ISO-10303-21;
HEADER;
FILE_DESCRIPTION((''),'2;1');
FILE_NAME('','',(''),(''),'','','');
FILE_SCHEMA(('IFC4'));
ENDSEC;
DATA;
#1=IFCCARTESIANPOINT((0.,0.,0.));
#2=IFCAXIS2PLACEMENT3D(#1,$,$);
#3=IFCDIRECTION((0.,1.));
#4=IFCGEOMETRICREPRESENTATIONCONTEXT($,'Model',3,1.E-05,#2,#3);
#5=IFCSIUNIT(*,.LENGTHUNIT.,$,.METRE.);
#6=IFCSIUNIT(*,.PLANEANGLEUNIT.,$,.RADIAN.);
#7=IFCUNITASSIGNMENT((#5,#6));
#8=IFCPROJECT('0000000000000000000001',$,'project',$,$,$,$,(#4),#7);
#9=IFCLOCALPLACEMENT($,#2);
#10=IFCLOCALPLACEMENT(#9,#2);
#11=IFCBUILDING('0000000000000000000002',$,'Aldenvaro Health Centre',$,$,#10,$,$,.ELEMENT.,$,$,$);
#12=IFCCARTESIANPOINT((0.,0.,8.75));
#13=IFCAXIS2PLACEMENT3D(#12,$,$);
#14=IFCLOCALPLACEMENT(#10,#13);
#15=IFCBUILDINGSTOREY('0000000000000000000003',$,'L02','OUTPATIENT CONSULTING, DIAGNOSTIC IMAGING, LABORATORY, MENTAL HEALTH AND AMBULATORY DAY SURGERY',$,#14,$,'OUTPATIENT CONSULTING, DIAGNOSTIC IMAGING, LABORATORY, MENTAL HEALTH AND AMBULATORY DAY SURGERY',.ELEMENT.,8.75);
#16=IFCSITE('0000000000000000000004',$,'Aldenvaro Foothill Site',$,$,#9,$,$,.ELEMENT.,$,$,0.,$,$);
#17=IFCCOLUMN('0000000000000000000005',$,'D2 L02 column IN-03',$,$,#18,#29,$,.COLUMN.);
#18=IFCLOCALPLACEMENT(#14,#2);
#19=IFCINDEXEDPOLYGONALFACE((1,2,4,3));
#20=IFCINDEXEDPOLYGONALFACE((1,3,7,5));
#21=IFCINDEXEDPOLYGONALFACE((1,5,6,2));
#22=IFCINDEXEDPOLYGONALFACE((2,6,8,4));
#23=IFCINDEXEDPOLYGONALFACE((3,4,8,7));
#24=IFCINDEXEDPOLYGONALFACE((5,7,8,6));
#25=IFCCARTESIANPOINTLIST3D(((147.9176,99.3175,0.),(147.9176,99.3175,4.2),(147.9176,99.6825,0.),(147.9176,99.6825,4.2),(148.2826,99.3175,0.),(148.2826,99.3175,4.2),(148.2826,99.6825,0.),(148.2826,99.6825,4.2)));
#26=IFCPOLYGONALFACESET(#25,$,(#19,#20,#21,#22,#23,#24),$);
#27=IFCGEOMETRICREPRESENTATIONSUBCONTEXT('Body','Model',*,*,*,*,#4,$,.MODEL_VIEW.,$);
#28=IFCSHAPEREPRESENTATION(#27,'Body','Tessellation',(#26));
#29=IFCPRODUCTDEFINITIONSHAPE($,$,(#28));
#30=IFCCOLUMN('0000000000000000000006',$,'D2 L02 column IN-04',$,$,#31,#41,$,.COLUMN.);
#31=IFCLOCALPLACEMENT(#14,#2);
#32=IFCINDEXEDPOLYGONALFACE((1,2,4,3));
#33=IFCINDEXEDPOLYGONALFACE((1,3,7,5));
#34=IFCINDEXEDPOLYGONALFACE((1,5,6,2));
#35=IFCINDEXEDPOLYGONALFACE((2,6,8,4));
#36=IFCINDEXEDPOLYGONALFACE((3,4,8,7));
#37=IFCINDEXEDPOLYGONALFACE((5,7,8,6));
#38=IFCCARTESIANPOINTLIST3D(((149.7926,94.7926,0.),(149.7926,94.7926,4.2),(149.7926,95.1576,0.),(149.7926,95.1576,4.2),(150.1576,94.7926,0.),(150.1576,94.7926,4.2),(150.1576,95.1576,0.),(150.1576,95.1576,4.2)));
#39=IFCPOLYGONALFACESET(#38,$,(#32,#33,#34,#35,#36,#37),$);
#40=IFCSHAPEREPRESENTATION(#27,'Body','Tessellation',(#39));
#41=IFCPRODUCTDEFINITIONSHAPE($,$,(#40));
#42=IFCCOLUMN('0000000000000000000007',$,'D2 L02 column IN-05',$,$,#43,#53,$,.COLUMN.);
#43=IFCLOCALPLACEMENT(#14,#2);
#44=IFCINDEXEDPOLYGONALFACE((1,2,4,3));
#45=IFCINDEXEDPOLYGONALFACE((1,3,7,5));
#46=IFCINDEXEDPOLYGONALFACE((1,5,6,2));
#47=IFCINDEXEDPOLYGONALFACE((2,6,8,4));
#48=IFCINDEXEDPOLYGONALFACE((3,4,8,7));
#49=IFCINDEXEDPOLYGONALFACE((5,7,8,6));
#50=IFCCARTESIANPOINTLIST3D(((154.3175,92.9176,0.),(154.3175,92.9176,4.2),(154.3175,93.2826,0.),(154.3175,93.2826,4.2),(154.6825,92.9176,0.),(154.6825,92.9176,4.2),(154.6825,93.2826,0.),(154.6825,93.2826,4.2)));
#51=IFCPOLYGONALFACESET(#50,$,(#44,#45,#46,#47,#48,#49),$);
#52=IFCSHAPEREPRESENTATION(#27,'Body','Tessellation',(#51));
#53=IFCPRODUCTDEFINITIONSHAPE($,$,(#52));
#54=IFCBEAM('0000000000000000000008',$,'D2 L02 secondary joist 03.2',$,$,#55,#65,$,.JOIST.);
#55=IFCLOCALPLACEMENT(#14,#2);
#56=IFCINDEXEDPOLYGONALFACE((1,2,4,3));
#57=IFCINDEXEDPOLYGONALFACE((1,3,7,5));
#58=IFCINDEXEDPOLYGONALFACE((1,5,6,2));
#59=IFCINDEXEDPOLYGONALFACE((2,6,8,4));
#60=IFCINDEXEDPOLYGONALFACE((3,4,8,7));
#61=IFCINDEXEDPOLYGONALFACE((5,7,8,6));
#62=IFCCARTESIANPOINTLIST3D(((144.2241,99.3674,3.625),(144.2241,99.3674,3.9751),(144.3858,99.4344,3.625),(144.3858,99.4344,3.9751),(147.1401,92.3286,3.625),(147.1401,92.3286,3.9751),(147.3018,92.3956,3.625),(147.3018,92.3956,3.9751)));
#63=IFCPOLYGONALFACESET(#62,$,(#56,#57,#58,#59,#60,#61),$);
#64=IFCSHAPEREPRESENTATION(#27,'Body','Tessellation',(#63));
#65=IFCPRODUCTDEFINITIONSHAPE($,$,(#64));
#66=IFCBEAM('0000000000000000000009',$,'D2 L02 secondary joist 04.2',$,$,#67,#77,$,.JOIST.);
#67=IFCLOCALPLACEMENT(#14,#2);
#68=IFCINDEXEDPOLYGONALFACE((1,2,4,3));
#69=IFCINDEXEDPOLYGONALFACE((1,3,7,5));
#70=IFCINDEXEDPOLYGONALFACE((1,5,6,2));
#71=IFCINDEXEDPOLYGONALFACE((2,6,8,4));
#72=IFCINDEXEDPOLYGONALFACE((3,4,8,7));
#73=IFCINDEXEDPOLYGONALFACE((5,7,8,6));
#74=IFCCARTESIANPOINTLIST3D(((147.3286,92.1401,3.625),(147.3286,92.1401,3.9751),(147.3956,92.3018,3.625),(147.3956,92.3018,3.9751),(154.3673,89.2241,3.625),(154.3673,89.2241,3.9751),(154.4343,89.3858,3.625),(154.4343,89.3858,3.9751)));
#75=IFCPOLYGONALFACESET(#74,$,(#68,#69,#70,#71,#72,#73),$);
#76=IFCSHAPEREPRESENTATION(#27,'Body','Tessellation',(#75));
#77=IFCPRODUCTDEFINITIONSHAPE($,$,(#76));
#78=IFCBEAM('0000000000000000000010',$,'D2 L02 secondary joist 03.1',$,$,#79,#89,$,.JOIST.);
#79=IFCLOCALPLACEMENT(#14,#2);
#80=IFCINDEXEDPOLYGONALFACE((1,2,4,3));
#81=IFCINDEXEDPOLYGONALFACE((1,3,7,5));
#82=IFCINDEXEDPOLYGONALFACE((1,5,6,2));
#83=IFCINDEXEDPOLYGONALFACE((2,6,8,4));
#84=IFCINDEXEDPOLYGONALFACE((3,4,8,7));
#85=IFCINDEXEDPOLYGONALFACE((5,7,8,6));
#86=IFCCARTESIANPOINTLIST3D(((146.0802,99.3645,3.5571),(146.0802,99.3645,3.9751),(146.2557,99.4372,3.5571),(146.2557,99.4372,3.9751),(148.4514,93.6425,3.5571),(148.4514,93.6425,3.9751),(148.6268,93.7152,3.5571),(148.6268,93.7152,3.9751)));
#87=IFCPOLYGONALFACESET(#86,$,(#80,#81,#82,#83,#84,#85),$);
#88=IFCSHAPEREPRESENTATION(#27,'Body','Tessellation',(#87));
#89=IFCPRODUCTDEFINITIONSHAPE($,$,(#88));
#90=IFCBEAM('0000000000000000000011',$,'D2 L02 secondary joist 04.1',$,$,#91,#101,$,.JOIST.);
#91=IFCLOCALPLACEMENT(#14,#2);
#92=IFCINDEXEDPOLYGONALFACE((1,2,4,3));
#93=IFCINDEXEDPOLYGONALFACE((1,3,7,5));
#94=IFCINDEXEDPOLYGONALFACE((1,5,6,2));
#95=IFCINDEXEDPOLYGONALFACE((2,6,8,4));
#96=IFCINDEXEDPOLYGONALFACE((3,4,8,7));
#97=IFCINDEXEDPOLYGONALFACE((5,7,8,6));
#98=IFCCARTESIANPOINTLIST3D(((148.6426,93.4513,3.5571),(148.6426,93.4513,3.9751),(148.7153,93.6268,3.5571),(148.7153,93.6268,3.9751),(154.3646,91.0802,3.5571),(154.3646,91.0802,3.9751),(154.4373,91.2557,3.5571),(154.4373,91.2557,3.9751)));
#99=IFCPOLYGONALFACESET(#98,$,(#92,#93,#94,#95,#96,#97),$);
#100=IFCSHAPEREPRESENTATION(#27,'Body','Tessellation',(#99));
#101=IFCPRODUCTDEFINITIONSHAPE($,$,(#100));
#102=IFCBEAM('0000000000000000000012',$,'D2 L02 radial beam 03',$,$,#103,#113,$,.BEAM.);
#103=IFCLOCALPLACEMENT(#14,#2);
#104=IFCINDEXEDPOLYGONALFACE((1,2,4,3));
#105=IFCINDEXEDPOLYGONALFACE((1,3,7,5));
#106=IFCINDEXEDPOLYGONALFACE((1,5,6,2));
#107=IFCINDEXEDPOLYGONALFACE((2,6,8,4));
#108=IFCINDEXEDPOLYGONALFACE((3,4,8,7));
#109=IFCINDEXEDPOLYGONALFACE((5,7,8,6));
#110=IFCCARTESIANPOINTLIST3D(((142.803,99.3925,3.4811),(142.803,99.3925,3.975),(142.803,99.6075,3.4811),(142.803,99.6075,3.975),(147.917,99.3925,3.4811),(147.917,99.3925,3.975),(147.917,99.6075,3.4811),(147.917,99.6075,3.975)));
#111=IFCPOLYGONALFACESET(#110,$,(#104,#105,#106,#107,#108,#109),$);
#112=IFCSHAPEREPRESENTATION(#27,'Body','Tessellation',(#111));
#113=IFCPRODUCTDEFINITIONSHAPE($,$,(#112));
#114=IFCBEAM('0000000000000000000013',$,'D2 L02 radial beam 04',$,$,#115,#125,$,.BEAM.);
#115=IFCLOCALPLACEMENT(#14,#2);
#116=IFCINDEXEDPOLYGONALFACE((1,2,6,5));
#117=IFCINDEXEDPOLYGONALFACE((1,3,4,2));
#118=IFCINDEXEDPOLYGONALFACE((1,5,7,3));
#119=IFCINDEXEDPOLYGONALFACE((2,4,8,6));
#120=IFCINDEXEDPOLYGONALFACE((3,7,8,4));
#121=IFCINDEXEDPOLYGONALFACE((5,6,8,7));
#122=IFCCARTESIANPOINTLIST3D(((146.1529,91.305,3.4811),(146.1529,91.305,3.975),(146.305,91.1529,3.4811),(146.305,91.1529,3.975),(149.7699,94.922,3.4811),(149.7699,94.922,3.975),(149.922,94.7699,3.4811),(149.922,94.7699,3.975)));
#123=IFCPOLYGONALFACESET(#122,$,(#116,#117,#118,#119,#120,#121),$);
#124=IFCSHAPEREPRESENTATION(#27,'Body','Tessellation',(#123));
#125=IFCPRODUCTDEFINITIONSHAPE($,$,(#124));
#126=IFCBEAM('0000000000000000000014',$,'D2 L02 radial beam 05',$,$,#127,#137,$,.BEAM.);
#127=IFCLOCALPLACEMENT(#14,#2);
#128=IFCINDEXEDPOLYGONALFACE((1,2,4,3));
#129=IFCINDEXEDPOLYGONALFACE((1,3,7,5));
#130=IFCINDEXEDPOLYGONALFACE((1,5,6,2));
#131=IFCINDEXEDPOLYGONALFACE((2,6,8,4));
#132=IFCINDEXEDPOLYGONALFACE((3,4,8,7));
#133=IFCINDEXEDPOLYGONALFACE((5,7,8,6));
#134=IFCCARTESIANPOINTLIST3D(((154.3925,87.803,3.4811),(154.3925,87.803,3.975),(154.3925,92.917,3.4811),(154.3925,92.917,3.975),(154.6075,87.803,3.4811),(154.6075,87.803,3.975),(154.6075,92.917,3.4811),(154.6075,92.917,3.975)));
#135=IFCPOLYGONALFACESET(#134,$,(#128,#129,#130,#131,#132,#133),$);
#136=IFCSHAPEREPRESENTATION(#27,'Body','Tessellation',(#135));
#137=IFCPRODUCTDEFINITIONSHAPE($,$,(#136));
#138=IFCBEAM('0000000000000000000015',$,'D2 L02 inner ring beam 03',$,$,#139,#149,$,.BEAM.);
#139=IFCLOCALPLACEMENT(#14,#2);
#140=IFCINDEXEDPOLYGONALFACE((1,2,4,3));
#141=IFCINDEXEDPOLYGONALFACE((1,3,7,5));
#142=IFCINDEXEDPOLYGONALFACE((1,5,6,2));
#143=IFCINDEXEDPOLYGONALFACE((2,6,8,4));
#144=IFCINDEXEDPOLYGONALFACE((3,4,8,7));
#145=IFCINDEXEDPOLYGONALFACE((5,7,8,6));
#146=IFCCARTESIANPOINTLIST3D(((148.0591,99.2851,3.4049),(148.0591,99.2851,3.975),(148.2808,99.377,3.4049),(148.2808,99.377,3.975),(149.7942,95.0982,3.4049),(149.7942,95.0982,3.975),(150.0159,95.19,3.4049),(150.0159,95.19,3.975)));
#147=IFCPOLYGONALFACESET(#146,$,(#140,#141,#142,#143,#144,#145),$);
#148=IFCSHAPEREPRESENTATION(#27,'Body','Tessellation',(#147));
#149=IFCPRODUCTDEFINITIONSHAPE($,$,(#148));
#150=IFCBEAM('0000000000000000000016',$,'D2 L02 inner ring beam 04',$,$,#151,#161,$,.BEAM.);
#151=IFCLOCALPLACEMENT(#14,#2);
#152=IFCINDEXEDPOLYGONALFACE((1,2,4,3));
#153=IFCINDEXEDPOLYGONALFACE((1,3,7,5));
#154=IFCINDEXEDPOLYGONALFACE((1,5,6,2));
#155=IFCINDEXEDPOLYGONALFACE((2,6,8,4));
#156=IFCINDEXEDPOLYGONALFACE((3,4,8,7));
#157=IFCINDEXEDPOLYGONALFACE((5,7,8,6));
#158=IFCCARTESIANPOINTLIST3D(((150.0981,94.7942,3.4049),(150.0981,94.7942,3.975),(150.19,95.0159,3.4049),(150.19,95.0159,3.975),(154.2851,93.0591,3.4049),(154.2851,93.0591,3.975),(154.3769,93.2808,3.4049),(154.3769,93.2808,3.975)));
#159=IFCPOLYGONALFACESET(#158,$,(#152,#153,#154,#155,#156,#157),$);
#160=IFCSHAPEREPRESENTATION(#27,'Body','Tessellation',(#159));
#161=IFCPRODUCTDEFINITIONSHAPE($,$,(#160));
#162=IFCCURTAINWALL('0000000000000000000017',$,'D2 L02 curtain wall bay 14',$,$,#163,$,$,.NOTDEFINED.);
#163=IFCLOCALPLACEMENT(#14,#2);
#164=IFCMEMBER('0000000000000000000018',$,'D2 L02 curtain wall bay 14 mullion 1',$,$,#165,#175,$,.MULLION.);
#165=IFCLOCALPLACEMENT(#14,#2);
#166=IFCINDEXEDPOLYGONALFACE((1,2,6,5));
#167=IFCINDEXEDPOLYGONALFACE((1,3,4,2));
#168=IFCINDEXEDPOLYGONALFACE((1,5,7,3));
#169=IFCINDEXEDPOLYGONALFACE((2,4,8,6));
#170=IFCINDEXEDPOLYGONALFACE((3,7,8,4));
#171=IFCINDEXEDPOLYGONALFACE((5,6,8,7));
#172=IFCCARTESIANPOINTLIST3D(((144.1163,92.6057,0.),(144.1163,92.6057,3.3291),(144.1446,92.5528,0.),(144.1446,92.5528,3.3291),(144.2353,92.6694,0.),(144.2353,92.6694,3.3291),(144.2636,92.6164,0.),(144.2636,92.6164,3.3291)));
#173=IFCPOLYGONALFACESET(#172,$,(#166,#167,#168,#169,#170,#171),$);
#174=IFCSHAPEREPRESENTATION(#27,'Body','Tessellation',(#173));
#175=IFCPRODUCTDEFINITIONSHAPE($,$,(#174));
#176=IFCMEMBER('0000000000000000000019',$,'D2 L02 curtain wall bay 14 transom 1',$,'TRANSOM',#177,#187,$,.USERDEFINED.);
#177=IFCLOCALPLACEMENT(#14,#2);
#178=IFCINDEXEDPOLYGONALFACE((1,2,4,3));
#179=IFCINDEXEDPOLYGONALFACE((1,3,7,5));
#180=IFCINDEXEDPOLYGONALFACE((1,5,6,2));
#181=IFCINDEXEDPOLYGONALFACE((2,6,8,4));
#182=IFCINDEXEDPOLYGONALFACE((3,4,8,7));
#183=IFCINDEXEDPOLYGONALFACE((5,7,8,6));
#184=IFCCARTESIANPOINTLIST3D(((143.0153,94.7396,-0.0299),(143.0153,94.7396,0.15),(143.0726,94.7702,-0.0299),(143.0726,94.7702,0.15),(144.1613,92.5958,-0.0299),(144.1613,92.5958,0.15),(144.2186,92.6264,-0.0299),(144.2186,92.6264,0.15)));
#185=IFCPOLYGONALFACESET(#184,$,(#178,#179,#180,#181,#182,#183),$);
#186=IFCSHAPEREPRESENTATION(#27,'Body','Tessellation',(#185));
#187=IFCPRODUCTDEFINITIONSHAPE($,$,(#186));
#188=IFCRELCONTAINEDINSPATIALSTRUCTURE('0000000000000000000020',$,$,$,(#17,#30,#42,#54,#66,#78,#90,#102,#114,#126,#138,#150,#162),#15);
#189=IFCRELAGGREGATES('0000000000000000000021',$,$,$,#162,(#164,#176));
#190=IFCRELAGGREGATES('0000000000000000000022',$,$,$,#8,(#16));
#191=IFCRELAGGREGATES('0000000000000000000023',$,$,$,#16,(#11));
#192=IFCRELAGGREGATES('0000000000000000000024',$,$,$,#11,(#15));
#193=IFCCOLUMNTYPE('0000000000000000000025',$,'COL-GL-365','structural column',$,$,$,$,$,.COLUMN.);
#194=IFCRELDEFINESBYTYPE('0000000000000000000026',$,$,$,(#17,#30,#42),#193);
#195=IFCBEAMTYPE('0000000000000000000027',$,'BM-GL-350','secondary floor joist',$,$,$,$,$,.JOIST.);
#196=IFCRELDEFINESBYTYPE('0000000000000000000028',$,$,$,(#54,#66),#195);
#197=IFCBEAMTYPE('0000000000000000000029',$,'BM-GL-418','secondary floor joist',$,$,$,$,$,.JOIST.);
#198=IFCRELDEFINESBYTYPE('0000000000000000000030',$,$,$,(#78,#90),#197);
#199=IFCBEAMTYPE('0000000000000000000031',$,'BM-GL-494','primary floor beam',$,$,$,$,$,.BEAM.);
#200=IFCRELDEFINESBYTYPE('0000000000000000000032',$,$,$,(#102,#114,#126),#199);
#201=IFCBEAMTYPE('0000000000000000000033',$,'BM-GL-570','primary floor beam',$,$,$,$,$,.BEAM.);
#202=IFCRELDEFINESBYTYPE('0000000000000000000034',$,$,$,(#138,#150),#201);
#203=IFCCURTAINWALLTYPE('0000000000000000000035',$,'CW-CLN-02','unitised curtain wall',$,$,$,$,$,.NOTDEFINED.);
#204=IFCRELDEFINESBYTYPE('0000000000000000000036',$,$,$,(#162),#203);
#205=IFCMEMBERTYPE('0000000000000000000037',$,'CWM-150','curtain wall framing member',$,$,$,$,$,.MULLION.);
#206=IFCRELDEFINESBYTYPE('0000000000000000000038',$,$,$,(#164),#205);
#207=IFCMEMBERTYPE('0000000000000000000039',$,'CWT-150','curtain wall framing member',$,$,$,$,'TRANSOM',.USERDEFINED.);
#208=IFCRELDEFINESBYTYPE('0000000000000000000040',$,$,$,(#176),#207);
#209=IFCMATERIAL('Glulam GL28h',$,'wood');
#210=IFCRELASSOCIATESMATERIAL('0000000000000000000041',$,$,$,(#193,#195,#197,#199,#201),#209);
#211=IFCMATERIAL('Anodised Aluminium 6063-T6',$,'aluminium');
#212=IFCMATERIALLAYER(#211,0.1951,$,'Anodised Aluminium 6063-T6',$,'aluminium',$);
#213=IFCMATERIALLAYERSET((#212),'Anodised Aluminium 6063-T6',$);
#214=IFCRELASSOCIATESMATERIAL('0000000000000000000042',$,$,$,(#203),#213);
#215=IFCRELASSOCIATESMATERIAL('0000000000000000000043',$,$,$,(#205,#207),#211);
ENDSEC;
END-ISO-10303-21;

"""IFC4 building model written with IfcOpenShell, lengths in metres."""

from ifc_helpers import new_model, si_unit, direction, frame, origin, origin_2d, place, context, subcontext, project, spatial, rectangle, extrude, material, layer, layer_set, material_profile, profile_set, type_object, element, aggregate, save


model = new_model("IFC4")

# Units and contexts
model_context = context("Model", 3, precision=1e-05, world=origin(), true_north=direction((0.0, 1.0)))
body_context = subcontext(model_context, "Body", "Model", "MODEL_VIEW")
ifc_project = project(units=[si_unit("LENGTHUNIT", "METRE"), si_unit("PLANEANGLEUNIT", "RADIAN")], contexts=[model_context])

# Site, building, storey
site_placement = place(None, origin())
site = spatial("IfcSite", under=ifc_project, at=site_placement, Name="Aldenvaro Foothill Site", CompositionType="ELEMENT", RefElevation=0.0)
building_placement = place(site_placement, origin())
building = spatial("IfcBuilding", under=site, at=building_placement, Name="Aldenvaro Health Centre", CompositionType="ELEMENT")
storey_placement = place(building_placement, frame((0.0, 0.0, 8.75)))
storey = spatial("IfcBuildingStorey", under=building, at=storey_placement, Name="L02", Description="OUTPATIENT CONSULTING, DIAGNOSTIC IMAGING, LABORATORY, MENTAL HEALTH AND AMBULATORY DAY SURGERY", LongName="OUTPATIENT CONSULTING, DIAGNOSTIC IMAGING, LABORATORY, MENTAL HEALTH AND AMBULATORY DAY SURGERY", CompositionType="ELEMENT", Elevation=8.75)

# Columns
ifc_material_1 = material(Name="Glulam GL28h", Category="wood")
ifc_material_profile_1 = material_profile(ifc_material_1, rectangle(XDim=0.365, YDim=0.365, at=origin_2d()), Name="GL 365x365", Category="wood")
ifc_profile_set_1 = profile_set([ifc_material_profile_1], Name="Glulam GL28h")
column_type = type_object("IfcColumnType", Name="COL-GL-365", Description="structural column", PredefinedType="COLUMN", material=ifc_profile_set_1)
for number, where, z_axis, x_axis, name in (
    (1, (148.1001, 99.5, 0.0), (0.0, 0.0, 1.0), (1.0, 0.0, 0.0), "D2 L02 column IN-03"),
    (2, (149.9751, 94.9751, 0.0), (0.0, 0.0, 1.0), (1.0, 0.0, 0.0), "D2 L02 column IN-04"),
    (3, (154.5, 93.1001, 0.0), (0.0, 0.0, 1.0), (1.0, 0.0, 0.0), "D2 L02 column IN-05"),
):
    element("IfcColumn", number, at=place(storey_placement, frame(where, z_axis=z_axis, x_axis=x_axis)), inside=storey, type_object=column_type, Name=name, PredefinedType="COLUMN", context=body_context, shape_type="SweptSolid", body=[
        extrude(rectangle(XDim=0.365, YDim=0.365, at=origin_2d()), origin(), (0.0, 0.0, 1.0), 4.2),
    ])

# Beams
ifc_material_profile_2 = material_profile(ifc_material_1, rectangle(XDim=0.175, YDim=0.3501, at=origin_2d()), Name="GL 175x350", Category="wood")
ifc_profile_set_2 = profile_set([ifc_material_profile_2], Name="Glulam GL28h")
beam_type_1 = type_object("IfcBeamType", Name="BM-GL-350", Description="secondary floor joist", PredefinedType="JOIST", material=ifc_profile_set_2)
for number, where, z_axis, x_axis, name in (
    (4, (144.3049, 99.4009, 3.8), (0.382733, -0.923859, 0.0), (0.923859, 0.382733, 0.0), "D2 L02 secondary joist 03.2"),
    (5, (147.3621, 92.2209, 3.8), (0.923859, -0.382733, 0.0), (0.382733, 0.923859, 0.0), "D2 L02 secondary joist 04.2"),
):
    element("IfcBeam", number, at=place(storey_placement, frame(where, z_axis=z_axis, x_axis=x_axis)), inside=storey, type_object=beam_type_1, Name=name, PredefinedType="JOIST", context=body_context, shape_type="SweptSolid", body=[
        extrude(rectangle(XDim=0.175, YDim=0.3501, at=origin_2d()), origin(), (0.0, 0.0, 1.0), 7.6189),
    ])
ifc_material_profile_3 = material_profile(ifc_material_1, rectangle(XDim=0.1899, YDim=0.418, at=origin_2d()), Name="GL 190x418", Category="wood")
ifc_profile_set_3 = profile_set([ifc_material_profile_3], Name="Glulam GL28h")
beam_type_2 = type_object("IfcBeamType", Name="BM-GL-418", Description="secondary floor joist", PredefinedType="JOIST", material=ifc_profile_set_3)
for number, where, z_axis, x_axis, name in (
    (6, (146.168, 99.4009, 3.7661), (0.382821, -0.923823, 0.0), (0.923823, 0.382821, 0.0), "D2 L02 secondary joist 03.1"),
    (7, (148.679, 93.5391, 3.7661), (0.923823, -0.382821, 0.0), (0.382821, 0.923823, 0.0), "D2 L02 secondary joist 04.1"),
):
    element("IfcBeam", number, at=place(storey_placement, frame(where, z_axis=z_axis, x_axis=x_axis)), inside=storey, type_object=beam_type_2, Name=name, PredefinedType="JOIST", context=body_context, shape_type="SweptSolid", body=[
        extrude(rectangle(XDim=0.1899, YDim=0.418, at=origin_2d()), origin(), (0.0, 0.0, 1.0), 6.1938),
    ])
ifc_material_profile_4 = material_profile(ifc_material_1, rectangle(XDim=0.2151, YDim=0.4939, at=origin_2d()), Name="GL 215x494", Category="wood")
ifc_profile_set_4 = profile_set([ifc_material_profile_4], Name="Glulam GL28h")
beam_type_3 = type_object("IfcBeamType", Name="BM-GL-494", Description="primary floor beam", PredefinedType="BEAM", material=ifc_profile_set_4)
beam_1_placement = place(storey_placement, frame((147.917, 99.5, 3.728), z_axis=(-1.0, 0.0, 0.0), x_axis=(0.0, -1.0, 0.0)))
element("IfcBeam", 8, at=beam_1_placement, inside=storey, type_object=beam_type_3, Name="D2 L02 radial beam 03", PredefinedType="BEAM", context=body_context, shape_type="SweptSolid", body=[
    extrude(rectangle(XDim=0.2151, YDim=0.4939, at=origin_2d()), origin(), (0.0, 0.0, 1.0), 5.114),
])
beam_2_placement = place(storey_placement, frame((149.8459, 94.8459, 3.728), z_axis=(-0.707107, -0.707107, 0.0), x_axis=(0.707107, -0.707107, 0.0)))
element("IfcBeam", 9, at=beam_2_placement, inside=storey, type_object=beam_type_3, Name="D2 L02 radial beam 04", PredefinedType="BEAM", context=body_context, shape_type="SweptSolid", body=[
    extrude(rectangle(XDim=0.2151, YDim=0.4939, at=origin_2d()), origin(), (0.0, 0.0, 1.0), 5.1152),
])
beam_3_placement = place(storey_placement, frame((154.5, 92.917, 3.728), z_axis=(0.0, -1.0, 0.0), x_axis=(1.0, 0.0, 0.0)))
element("IfcBeam", 10, at=beam_3_placement, inside=storey, type_object=beam_type_3, Name="D2 L02 radial beam 05", PredefinedType="BEAM", context=body_context, shape_type="SweptSolid", body=[
    extrude(rectangle(XDim=0.2151, YDim=0.4939, at=origin_2d()), origin(), (0.0, 0.0, 1.0), 5.114),
])
ifc_material_profile_5 = material_profile(ifc_material_1, rectangle(XDim=0.24, YDim=0.5701, at=origin_2d()), Name="GL 240x570", Category="wood")
ifc_profile_set_5 = profile_set([ifc_material_profile_5], Name="Glulam GL28h")
beam_type_4 = type_object("IfcBeamType", Name="BM-GL-570", Description="primary floor beam", PredefinedType="BEAM", material=ifc_profile_set_5)
for number, where, z_axis, x_axis, name in (
    (11, (148.1699, 99.3311, 3.6899), (0.382832, -0.923818, 0.0), (0.923818, 0.382832, 0.0), "D2 L02 inner ring beam 03"),
    (12, (150.144, 94.905, 3.6899), (0.923818, -0.382832, 0.0), (0.382832, 0.923818, 0.0), "D2 L02 inner ring beam 04"),
):
    element("IfcBeam", number, at=place(storey_placement, frame(where, z_axis=z_axis, x_axis=x_axis)), inside=storey, type_object=beam_type_4, Name=name, PredefinedType="BEAM", context=body_context, shape_type="SweptSolid", body=[
        extrude(rectangle(XDim=0.24, YDim=0.5701, at=origin_2d()), origin(), (0.0, 0.0, 1.0), 4.5322),
    ])

# Curtain wall, members
ifc_material_2 = material(Name="Anodised Aluminium 6063-T6", Category="aluminium")
ifc_layer_1 = layer(ifc_material_2, 0.1951, Name="Anodised Aluminium 6063-T6", Category="aluminium")
ifc_layer_set_1 = layer_set([ifc_layer_1], Name="Anodised Aluminium 6063-T6")
curtain_wall_type = type_object("IfcCurtainWallType", Name="CW-CLN-02", Description="unitised curtain wall", PredefinedType="NOTDEFINED", material=ifc_layer_set_1)
curtain_wall_placement = place(storey_placement, origin())
curtain_wall = element("IfcCurtainWall", 13, at=curtain_wall_placement, inside=storey, type_object=curtain_wall_type, Name="D2 L02 curtain wall bay 14", PredefinedType="NOTDEFINED")
ifc_material_profile_6 = material_profile(ifc_material_2, rectangle(XDim=0.0601, YDim=0.135, at=origin_2d()), Name="ALU 60x135", Category="aluminium")
ifc_profile_set_6 = profile_set([ifc_material_profile_6], Name="Anodised Aluminium 6063-T6")
member_type_1 = type_object("IfcMemberType", Name="CWM-150", Description="curtain wall framing member", PredefinedType="MULLION", material=ifc_profile_set_6)
member_1_placement = place(storey_placement, frame((144.1899, 92.6111, 0.0), z_axis=(0.0, 0.0, 1.0), x_axis=(-0.471399, 0.88192, 0.0)))
member_1 = element("IfcMember", 14, at=member_1_placement, type_object=member_type_1, Name="D2 L02 curtain wall bay 14 mullion 1", PredefinedType="MULLION", context=body_context, shape_type="SweptSolid", body=[
    extrude(rectangle(XDim=0.0601, YDim=0.135, at=origin_2d()), origin(), (0.0, 0.0, 1.0), 3.3291),
])
ifc_material_profile_7 = material_profile(ifc_material_2, rectangle(XDim=0.0649, YDim=0.1799, at=origin_2d()), Name="ALU 65x180", Category="aluminium")
ifc_profile_set_7 = profile_set([ifc_material_profile_7], Name="Anodised Aluminium 6063-T6")
member_type_2 = type_object("IfcMemberType", Name="CWT-150", Description="curtain wall framing member", ElementType="TRANSOM", PredefinedType="USERDEFINED", material=ifc_profile_set_7)
member_2_placement = place(storey_placement, frame((144.1899, 92.6111, 0.0601), z_axis=(-0.471432, 0.881902, 0.0), x_axis=(-0.881902, -0.471432, 0.0)))
member_2 = element("IfcMember", 15, at=member_2_placement, type_object=member_type_2, Name="D2 L02 curtain wall bay 14 transom 1", ObjectType="TRANSOM", PredefinedType="USERDEFINED", context=body_context, shape_type="SweptSolid", body=[
    extrude(rectangle(XDim=0.0649, YDim=0.1799, at=origin_2d()), origin(), (0.0, 0.0, 1.0), 2.4309),
])
aggregate(curtain_wall, [member_1, member_2])

save(model, "model.ifc")
